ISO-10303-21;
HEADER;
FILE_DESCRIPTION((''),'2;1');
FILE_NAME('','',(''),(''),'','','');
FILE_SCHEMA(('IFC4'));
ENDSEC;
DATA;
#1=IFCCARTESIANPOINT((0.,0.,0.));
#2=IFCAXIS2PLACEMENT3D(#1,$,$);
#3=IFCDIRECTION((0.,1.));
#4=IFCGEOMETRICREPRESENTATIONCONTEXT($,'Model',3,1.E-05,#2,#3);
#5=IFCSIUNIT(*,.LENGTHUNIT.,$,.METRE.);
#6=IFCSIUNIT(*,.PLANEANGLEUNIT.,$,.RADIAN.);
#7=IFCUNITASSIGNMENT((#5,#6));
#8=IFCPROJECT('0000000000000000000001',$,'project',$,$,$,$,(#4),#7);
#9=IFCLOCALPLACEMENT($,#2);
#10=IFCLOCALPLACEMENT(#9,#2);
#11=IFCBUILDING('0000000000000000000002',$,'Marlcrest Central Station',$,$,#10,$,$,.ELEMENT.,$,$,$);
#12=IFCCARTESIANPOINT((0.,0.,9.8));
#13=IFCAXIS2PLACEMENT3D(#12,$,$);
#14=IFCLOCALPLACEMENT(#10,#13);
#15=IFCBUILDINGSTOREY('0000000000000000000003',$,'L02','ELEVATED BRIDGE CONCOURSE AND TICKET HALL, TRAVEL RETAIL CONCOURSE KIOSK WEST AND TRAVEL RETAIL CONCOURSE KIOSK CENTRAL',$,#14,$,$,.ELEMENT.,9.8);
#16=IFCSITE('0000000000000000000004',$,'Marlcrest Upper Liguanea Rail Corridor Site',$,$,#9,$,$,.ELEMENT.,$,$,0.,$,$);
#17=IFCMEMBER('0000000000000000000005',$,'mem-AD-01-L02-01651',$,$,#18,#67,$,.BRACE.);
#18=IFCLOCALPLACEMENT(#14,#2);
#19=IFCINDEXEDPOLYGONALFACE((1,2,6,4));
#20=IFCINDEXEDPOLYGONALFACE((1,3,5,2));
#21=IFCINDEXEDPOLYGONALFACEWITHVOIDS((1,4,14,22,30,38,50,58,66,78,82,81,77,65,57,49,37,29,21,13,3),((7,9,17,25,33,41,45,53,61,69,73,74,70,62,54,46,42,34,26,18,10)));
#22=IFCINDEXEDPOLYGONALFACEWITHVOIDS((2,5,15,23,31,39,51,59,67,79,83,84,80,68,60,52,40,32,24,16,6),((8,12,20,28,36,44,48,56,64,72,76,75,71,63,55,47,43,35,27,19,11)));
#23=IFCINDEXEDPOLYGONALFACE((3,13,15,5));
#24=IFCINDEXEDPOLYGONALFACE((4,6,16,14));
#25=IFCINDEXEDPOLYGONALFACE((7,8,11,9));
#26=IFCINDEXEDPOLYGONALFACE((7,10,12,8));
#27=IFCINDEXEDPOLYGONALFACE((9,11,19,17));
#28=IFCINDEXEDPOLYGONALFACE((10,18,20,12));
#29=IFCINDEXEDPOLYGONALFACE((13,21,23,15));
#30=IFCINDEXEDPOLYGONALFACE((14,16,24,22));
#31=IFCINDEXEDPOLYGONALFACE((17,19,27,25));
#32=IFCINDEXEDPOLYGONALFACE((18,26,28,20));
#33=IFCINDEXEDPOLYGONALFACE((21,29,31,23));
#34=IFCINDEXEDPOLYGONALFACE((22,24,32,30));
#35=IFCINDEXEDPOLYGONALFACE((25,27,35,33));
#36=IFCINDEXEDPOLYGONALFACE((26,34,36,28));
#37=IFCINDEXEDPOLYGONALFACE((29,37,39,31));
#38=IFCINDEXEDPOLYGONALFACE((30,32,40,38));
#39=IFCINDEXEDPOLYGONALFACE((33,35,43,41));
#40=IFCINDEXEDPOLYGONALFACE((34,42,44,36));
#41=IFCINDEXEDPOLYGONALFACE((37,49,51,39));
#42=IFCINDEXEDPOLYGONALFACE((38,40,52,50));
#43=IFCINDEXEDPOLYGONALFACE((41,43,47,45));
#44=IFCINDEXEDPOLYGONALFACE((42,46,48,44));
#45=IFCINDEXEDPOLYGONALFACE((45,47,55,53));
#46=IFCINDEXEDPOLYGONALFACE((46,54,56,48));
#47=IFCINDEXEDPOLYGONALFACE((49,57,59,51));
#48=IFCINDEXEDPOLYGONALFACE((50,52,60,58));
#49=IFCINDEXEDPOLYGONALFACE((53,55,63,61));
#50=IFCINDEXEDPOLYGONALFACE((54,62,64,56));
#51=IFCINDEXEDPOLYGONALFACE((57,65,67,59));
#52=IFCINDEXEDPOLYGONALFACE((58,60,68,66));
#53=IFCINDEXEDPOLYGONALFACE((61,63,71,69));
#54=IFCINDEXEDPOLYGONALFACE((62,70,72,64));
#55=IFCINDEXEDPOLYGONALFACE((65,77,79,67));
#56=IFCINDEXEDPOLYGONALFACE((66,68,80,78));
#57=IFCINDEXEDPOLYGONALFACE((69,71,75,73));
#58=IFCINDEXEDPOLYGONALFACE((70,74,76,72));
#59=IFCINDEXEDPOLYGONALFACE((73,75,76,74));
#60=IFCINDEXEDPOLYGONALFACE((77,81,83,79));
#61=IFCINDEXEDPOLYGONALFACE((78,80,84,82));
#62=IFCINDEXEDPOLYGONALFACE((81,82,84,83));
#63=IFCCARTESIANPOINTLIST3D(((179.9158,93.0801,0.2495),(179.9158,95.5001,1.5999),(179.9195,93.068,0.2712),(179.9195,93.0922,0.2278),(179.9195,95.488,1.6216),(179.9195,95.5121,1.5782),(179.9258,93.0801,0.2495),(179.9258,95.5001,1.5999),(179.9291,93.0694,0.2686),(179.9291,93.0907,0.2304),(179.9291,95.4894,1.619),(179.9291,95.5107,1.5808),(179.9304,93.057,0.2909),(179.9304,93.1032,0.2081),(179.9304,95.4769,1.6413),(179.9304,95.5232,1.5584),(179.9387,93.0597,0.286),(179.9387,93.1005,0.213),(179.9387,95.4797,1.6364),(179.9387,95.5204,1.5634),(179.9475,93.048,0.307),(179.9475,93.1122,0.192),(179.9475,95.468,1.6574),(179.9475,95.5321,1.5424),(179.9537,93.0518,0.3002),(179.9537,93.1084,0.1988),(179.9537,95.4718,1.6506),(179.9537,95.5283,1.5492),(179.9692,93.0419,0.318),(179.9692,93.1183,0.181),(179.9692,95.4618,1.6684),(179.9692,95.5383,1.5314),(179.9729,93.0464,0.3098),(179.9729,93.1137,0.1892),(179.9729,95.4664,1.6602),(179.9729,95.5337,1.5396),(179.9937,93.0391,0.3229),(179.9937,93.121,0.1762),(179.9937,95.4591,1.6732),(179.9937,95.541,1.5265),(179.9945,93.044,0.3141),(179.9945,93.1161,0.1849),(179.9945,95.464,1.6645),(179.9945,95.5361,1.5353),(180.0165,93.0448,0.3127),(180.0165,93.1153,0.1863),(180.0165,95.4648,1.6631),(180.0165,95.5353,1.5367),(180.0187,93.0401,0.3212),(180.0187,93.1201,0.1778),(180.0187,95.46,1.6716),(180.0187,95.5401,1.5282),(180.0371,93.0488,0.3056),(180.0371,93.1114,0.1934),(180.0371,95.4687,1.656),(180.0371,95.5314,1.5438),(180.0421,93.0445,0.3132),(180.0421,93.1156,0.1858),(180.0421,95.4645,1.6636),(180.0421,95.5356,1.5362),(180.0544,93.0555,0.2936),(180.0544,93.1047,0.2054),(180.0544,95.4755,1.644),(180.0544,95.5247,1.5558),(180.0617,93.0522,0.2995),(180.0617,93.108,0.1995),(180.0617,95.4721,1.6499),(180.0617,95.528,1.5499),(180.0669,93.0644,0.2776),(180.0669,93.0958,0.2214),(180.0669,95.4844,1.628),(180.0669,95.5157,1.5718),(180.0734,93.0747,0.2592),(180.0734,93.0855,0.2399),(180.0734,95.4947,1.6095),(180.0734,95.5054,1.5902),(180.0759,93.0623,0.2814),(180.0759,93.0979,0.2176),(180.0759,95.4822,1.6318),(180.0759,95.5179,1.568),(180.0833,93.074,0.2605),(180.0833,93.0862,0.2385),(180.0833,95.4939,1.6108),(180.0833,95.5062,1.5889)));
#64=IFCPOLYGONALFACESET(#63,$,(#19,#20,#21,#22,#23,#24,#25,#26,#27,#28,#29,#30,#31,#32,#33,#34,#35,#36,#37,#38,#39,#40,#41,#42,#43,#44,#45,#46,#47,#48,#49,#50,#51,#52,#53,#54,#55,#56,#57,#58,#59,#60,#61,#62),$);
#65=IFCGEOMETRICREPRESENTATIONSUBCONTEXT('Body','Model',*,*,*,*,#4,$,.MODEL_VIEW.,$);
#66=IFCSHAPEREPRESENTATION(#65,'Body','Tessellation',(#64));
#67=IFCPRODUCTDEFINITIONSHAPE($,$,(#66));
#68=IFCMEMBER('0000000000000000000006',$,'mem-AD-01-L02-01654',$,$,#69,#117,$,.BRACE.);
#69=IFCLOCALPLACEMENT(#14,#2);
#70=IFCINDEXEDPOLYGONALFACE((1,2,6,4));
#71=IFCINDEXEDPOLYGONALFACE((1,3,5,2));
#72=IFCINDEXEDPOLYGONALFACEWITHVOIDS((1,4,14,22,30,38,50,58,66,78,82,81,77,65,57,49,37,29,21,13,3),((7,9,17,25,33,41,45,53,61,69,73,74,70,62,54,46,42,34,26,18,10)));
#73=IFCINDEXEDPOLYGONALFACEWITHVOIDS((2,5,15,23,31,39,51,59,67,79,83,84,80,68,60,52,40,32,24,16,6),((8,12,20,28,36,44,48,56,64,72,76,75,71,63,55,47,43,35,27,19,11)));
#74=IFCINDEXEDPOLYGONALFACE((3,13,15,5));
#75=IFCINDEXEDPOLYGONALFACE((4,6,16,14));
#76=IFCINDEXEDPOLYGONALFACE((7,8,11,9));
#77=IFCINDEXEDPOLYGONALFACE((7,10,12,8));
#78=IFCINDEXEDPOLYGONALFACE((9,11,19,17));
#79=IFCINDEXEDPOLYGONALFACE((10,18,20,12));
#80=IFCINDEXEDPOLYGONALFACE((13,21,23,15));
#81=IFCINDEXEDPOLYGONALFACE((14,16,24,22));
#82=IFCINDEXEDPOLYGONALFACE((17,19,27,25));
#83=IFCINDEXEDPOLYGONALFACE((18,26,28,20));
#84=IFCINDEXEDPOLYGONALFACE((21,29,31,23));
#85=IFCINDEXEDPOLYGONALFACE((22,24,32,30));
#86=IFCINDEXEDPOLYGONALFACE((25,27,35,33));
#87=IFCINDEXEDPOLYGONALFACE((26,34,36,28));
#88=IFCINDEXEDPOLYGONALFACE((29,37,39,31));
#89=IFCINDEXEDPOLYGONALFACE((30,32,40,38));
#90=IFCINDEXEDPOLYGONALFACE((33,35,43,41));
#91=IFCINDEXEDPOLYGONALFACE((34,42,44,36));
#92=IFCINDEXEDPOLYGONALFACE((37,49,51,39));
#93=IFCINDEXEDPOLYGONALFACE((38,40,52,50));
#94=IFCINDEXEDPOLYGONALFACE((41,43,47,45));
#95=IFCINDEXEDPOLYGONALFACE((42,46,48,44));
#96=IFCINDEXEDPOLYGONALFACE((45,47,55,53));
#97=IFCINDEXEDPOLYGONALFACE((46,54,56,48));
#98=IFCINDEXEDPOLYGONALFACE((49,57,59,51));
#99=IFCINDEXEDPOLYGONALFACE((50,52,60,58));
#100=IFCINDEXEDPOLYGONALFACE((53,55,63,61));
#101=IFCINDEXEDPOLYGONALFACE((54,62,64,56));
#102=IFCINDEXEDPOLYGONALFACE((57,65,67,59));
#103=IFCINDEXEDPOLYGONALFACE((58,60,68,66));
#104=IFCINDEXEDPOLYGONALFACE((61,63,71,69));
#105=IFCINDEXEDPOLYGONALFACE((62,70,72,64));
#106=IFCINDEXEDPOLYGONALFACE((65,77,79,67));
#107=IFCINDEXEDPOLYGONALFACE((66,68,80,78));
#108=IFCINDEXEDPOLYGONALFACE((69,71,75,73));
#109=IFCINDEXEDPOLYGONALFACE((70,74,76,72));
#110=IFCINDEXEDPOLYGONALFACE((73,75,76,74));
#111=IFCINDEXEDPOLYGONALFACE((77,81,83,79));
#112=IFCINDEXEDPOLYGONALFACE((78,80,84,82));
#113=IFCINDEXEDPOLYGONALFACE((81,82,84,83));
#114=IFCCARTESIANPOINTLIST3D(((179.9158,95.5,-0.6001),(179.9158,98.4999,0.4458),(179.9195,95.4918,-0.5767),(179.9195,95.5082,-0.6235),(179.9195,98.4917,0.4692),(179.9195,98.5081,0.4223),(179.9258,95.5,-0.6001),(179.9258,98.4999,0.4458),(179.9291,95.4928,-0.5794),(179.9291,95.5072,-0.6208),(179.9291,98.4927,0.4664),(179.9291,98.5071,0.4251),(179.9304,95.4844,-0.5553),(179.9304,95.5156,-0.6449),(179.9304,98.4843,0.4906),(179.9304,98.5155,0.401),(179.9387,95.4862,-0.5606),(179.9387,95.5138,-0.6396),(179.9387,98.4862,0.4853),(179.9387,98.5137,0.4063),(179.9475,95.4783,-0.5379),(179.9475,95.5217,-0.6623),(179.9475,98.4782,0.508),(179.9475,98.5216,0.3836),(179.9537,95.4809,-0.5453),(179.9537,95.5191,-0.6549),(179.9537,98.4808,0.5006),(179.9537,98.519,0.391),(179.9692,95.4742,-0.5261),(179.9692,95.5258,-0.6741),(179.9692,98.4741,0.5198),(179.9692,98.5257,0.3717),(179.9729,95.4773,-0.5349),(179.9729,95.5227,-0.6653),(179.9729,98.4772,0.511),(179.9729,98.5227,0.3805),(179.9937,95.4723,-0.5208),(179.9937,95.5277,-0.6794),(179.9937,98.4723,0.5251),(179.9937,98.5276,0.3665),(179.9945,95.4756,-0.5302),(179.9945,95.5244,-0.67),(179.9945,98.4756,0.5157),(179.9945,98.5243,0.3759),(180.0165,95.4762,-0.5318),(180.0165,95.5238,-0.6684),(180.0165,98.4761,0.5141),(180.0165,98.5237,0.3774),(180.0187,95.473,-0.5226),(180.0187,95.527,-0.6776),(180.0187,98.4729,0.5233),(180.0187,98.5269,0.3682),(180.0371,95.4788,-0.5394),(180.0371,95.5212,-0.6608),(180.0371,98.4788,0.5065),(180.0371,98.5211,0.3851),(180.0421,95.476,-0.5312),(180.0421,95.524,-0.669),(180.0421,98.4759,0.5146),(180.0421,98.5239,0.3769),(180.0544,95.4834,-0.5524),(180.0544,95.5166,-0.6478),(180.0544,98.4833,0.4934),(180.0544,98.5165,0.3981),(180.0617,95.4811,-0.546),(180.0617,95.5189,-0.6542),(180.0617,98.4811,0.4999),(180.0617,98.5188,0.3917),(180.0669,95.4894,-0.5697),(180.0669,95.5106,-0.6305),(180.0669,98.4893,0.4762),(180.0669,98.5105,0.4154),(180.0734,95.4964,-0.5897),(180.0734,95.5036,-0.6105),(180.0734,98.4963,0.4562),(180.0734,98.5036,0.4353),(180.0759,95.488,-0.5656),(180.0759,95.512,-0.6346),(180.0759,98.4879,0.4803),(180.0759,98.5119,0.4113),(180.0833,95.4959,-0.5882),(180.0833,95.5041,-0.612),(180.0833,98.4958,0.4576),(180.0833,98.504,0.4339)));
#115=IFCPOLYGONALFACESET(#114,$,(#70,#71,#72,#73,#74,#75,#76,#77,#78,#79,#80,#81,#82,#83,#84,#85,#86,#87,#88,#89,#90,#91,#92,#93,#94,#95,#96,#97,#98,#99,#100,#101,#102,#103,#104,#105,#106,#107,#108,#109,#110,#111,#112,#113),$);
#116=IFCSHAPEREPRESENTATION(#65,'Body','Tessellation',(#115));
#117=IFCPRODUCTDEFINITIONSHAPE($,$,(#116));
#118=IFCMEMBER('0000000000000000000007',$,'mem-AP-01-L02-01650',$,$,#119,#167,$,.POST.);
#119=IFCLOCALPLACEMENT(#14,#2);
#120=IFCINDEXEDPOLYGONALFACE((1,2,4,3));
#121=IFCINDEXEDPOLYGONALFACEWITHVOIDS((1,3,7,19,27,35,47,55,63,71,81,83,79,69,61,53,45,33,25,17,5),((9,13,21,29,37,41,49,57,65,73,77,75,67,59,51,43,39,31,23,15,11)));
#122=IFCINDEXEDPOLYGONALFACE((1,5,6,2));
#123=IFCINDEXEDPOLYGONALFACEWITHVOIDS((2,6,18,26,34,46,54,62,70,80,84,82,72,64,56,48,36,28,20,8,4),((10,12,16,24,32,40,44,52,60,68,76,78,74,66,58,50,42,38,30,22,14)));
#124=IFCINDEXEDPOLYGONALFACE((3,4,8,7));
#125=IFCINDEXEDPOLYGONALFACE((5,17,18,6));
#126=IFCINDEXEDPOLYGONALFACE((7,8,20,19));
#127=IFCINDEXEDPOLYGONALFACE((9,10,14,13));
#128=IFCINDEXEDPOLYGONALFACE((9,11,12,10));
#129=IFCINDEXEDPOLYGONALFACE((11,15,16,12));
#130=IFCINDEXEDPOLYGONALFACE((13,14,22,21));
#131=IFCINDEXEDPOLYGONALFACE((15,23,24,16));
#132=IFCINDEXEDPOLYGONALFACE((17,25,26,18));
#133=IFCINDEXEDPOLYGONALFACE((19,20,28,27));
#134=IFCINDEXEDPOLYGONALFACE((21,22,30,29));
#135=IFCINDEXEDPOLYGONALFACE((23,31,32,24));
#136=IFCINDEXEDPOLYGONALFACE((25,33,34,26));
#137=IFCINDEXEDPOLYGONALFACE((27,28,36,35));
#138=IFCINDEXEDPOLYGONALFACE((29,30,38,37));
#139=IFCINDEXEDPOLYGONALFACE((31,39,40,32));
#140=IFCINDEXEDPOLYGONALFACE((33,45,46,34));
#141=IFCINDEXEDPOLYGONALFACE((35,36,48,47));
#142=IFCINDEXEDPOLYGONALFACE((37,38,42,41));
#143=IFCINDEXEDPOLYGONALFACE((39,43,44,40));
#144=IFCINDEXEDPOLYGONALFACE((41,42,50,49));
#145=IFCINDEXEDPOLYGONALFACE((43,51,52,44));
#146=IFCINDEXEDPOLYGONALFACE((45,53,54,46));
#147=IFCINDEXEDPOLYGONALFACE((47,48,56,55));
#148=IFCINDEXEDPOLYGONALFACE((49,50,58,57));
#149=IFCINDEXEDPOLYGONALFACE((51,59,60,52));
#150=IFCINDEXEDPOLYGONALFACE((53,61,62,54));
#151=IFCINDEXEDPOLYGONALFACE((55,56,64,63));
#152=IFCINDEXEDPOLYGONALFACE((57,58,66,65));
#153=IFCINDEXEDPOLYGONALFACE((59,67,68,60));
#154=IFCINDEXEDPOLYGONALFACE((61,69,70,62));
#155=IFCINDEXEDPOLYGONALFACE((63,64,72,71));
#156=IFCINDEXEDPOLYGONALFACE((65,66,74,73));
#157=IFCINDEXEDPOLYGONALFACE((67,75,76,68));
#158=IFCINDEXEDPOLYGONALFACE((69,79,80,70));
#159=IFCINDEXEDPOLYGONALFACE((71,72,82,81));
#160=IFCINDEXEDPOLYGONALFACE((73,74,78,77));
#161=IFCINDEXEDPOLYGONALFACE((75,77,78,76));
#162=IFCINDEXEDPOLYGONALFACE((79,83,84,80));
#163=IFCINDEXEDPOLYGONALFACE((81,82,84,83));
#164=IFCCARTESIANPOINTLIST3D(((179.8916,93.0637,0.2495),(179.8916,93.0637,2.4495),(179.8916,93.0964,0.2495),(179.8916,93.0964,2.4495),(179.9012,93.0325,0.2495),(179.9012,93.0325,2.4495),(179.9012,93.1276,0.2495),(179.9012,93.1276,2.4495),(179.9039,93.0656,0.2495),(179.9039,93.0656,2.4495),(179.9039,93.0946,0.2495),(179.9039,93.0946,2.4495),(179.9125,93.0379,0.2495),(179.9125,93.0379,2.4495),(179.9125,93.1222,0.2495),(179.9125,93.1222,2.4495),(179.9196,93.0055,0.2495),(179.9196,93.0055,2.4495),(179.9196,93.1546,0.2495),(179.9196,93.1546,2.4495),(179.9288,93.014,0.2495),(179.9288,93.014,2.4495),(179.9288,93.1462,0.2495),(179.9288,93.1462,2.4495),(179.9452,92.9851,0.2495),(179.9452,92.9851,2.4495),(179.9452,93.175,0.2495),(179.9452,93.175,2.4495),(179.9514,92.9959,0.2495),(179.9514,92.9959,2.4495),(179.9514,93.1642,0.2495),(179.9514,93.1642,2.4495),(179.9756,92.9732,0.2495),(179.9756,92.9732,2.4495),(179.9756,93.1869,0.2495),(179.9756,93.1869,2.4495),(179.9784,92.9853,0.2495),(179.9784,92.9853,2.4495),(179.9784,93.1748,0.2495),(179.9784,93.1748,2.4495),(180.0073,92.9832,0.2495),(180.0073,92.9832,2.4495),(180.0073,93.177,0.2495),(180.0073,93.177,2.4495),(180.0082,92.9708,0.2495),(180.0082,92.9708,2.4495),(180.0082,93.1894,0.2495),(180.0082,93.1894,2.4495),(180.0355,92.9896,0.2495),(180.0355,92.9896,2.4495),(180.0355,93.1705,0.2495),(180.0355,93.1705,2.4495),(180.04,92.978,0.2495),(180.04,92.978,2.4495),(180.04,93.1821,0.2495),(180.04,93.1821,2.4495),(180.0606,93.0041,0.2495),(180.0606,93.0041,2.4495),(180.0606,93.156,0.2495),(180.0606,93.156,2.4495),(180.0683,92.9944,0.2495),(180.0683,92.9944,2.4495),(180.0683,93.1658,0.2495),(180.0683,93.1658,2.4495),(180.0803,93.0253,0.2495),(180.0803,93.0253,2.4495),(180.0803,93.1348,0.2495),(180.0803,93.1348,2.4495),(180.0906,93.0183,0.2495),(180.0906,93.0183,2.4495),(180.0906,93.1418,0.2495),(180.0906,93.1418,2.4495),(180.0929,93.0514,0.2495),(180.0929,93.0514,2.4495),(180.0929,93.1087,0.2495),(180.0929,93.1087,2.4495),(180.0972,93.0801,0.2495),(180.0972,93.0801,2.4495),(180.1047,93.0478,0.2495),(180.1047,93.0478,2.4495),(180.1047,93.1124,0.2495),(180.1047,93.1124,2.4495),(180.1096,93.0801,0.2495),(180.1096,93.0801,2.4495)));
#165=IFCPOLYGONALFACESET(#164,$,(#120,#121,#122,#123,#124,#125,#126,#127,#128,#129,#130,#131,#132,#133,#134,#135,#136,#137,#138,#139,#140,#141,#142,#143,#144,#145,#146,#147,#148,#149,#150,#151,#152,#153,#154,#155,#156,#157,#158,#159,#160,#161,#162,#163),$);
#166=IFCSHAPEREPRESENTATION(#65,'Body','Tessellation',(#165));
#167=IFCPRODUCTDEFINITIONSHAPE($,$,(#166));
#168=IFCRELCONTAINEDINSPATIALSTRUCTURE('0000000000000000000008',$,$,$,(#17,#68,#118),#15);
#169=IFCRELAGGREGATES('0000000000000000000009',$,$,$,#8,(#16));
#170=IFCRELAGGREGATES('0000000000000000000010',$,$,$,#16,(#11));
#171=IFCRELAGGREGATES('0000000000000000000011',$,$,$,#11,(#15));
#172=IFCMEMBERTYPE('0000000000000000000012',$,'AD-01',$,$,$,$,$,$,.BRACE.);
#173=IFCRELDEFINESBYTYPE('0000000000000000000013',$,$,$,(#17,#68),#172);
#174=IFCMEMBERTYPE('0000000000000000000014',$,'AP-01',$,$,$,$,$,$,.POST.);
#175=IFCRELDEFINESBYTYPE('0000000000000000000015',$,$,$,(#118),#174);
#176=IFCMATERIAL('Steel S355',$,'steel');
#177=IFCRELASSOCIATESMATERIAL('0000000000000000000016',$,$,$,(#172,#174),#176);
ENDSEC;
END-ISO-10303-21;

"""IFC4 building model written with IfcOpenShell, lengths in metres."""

from ifc_helpers import new_model, si_unit, direction, frame, origin, origin_2d, place, context, subcontext, project, spatial, hollow_circle, extrude, material, material_profile, profile_set, type_object, element, save


model = new_model("IFC4")

# Units and contexts
model_context = context("Model", 3, precision=1e-05, world=origin(), true_north=direction((0.0, 1.0)))
body_context = subcontext(model_context, "Body", "Model", "MODEL_VIEW")
ifc_project = project(units=[si_unit("LENGTHUNIT", "METRE"), si_unit("PLANEANGLEUNIT", "RADIAN")], contexts=[model_context])

# Site, building, storey
site_placement = place(None, origin())
site = spatial("IfcSite", under=ifc_project, at=site_placement, Name="Marlcrest Upper Liguanea Rail Corridor Site", CompositionType="ELEMENT", RefElevation=0.0)
building_placement = place(site_placement, origin())
building = spatial("IfcBuilding", under=site, at=building_placement, Name="Marlcrest Central Station", CompositionType="ELEMENT")
storey_placement = place(building_placement, frame((0.0, 0.0, 9.8)))
storey = spatial("IfcBuildingStorey", under=building, at=storey_placement, Name="L02", Description="ELEVATED BRIDGE CONCOURSE AND TICKET HALL, TRAVEL RETAIL CONCOURSE KIOSK WEST AND TRAVEL RETAIL CONCOURSE KIOSK CENTRAL", CompositionType="ELEMENT", Elevation=9.8)

# Members
ifc_material_1 = material(Name="Steel S355", Category="steel")
ifc_material_profile_1 = material_profile(ifc_material_1, hollow_circle(Radius=0.0842, WallThickness=0.01, at=origin_2d()), Name="CHS 168.3x10")
ifc_profile_set_1 = profile_set([ifc_material_profile_1], Name="Steel S355")
member_type_1 = type_object("IfcMemberType", Name="AD-01", PredefinedType="BRACE", material=ifc_profile_set_1)
member_1_placement = place(storey_placement, frame((180.0, 93.0801, 0.2495), z_axis=(0.0, 0.873246, 0.48728), x_axis=(-1.0, 0.0, 0.0)))
element("IfcMember", 1, at=member_1_placement, inside=storey, type_object=member_type_1, Name="mem-AD-01-L02-01651", PredefinedType="BRACE", context=body_context, shape_type="SweptSolid", body=[
    extrude(hollow_circle(Radius=0.0842, WallThickness=0.01, at=origin_2d()), origin(), (0.0, 0.0, 1.0), 2.7712),
])
member_2_placement = place(storey_placement, frame((180.0, 95.5, -0.6001), z_axis=(0.0, 0.94426, 0.3292), x_axis=(-1.0, 0.0, 0.0)))
element("IfcMember", 2, at=member_2_placement, inside=storey, type_object=member_type_1, Name="mem-AD-01-L02-01654", PredefinedType="BRACE", context=body_context, shape_type="SweptSolid", body=[
    extrude(hollow_circle(Radius=0.0842, WallThickness=0.01, at=origin_2d()), origin(), (0.0, 0.0, 1.0), 3.177),
])
ifc_material_profile_2 = material_profile(ifc_material_1, hollow_circle(Radius=0.1096, WallThickness=0.0125, at=origin_2d()), Name="CHS 219.1x12.5")
ifc_profile_set_2 = profile_set([ifc_material_profile_2], Name="Steel S355")
member_type_2 = type_object("IfcMemberType", Name="AP-01", PredefinedType="POST", material=ifc_profile_set_2)
for number, where, z_axis, x_axis, name in (
    (3, (180.0, 93.0801, 0.2495), (0.0, 0.0, 1.0), (1.0, 0.0, 0.0), "mem-AP-01-L02-01650"),
):
    element("IfcMember", number, at=place(storey_placement, frame(where, z_axis=z_axis, x_axis=x_axis)), inside=storey, type_object=member_type_2, Name=name, PredefinedType="POST", context=body_context, shape_type="SweptSolid", body=[
        extrude(hollow_circle(Radius=0.1096, WallThickness=0.0125, at=origin_2d()), origin(), (0.0, 0.0, 1.0), 2.2),
    ])

save(model, "model.ifc")
